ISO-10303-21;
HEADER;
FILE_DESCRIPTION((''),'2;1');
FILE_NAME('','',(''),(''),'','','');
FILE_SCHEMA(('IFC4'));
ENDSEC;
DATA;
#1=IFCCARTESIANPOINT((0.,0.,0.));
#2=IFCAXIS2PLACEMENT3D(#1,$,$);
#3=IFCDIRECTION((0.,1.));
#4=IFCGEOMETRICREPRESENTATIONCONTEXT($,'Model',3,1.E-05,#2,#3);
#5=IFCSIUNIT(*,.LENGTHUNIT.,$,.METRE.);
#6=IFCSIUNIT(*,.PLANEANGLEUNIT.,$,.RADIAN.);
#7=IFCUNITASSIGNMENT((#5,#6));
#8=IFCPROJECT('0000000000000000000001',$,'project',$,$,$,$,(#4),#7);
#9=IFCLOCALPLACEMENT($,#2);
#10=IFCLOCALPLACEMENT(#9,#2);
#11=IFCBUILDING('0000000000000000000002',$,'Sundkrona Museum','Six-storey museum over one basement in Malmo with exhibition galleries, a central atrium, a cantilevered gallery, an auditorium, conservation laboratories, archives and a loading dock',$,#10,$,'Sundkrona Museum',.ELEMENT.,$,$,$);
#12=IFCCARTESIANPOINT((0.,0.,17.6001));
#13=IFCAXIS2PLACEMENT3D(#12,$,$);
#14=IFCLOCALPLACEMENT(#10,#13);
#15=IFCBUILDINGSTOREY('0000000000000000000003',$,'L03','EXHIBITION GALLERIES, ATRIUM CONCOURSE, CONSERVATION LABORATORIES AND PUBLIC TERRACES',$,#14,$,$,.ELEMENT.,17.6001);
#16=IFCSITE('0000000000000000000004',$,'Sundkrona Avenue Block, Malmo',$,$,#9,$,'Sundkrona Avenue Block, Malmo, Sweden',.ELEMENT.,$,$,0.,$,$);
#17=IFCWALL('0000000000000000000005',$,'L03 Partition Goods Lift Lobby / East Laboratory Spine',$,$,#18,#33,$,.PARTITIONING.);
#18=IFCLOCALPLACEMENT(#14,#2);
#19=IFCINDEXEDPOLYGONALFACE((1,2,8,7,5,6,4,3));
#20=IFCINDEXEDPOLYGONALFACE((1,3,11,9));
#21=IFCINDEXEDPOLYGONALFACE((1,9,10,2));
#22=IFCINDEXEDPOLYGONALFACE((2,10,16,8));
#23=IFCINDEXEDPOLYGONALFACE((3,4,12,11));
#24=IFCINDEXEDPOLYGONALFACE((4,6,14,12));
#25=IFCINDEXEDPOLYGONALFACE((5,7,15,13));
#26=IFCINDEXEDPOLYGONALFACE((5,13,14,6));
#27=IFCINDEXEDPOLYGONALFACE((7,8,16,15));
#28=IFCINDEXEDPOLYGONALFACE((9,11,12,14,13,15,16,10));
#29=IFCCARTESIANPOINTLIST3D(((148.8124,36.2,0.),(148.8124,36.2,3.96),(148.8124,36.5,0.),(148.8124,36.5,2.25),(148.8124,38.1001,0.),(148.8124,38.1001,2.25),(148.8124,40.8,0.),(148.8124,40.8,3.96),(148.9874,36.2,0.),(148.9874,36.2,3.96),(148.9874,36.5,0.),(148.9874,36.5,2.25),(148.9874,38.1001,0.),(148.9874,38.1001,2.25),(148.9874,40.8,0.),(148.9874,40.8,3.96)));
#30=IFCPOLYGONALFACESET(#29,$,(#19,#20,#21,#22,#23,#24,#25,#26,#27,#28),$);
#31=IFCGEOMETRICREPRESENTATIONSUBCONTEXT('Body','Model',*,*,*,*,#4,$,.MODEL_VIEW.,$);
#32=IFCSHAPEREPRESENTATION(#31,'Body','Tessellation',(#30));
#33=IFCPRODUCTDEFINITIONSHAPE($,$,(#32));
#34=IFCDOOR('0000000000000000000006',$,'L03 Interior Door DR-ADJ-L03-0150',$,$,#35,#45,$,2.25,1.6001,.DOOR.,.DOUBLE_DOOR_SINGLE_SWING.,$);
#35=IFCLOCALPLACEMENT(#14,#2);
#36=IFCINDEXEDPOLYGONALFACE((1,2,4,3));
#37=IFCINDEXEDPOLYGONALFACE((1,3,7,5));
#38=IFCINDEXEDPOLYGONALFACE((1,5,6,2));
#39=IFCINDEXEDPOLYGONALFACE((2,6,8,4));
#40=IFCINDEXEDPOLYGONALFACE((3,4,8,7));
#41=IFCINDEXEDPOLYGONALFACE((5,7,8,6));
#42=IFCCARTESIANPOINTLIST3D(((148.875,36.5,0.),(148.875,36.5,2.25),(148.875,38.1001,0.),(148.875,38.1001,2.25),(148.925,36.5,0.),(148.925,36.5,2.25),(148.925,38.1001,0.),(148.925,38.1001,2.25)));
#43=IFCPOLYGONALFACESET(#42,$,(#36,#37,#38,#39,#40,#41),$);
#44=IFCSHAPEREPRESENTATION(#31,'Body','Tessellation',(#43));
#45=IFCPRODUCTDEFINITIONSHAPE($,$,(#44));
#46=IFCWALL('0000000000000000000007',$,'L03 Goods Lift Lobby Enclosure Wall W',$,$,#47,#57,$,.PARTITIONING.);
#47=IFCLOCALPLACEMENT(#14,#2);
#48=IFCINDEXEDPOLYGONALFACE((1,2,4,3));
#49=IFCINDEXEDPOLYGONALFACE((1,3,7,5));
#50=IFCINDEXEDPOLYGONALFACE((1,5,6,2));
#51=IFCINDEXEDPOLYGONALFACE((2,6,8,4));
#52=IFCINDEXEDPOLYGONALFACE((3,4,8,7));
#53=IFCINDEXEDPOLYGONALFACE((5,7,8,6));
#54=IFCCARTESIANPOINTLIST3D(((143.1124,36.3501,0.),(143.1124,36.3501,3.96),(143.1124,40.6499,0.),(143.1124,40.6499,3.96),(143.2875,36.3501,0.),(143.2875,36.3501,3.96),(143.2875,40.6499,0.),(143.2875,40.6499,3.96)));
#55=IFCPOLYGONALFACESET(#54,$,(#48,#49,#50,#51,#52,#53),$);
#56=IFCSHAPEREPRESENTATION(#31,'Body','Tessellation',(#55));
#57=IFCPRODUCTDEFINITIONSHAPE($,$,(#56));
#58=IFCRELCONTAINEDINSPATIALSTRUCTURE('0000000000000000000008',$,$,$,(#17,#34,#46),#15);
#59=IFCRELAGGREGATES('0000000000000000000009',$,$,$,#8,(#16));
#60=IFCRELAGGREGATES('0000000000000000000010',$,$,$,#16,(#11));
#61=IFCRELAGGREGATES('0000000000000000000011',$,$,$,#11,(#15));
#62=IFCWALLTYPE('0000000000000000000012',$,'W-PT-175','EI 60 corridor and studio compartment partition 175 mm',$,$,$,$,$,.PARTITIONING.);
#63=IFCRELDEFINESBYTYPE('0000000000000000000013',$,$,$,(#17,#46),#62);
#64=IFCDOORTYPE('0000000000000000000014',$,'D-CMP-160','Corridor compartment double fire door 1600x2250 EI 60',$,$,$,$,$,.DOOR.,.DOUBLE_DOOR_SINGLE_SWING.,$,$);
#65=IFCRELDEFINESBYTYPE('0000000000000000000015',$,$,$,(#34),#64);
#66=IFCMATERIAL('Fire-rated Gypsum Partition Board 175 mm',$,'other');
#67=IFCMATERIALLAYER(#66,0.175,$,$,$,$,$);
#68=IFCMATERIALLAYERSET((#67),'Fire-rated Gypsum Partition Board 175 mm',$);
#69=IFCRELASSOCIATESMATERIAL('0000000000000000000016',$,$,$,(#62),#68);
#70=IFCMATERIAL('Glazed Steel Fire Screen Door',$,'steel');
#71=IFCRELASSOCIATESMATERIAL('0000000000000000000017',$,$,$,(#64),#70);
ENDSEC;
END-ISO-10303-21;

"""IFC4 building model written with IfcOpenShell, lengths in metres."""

from ifc_helpers import new_model, si_unit, direction, frame, frame_2d, origin, place, context, subcontext, project, spatial, rectangle, extrude, material, layer, layer_set, type_object, element, fill, save


model = new_model("IFC4")

# Units and contexts
model_context = context("Model", 3, precision=1e-05, world=origin(), true_north=direction((0.0, 1.0)))
body_context = subcontext(model_context, "Body", "Model", "MODEL_VIEW")
ifc_project = project(units=[si_unit("LENGTHUNIT", "METRE"), si_unit("PLANEANGLEUNIT", "RADIAN")], contexts=[model_context])

# Site, building, storey
site_placement = place(None, origin())
site = spatial("IfcSite", under=ifc_project, at=site_placement, Name="Sundkrona Avenue Block, Malmo", LongName="Sundkrona Avenue Block, Malmo, Sweden", CompositionType="ELEMENT", RefElevation=0.0)
building_placement = place(site_placement, origin())
building = spatial("IfcBuilding", under=site, at=building_placement, Name="Sundkrona Museum", Description="Six-storey museum over one basement in Malmo with exhibition galleries, a central atrium, a cantilevered gallery, an auditorium, conservation laboratories, archives and a loading dock", LongName="Sundkrona Museum", CompositionType="ELEMENT")
storey_placement = place(building_placement, frame((0.0, 0.0, 17.6001)))
storey = spatial("IfcBuildingStorey", under=building, at=storey_placement, Name="L03", Description="EXHIBITION GALLERIES, ATRIUM CONCOURSE, CONSERVATION LABORATORIES AND PUBLIC TERRACES", CompositionType="ELEMENT", Elevation=17.6001)

# Wall, opening, door
ifc_material_1 = material(Name="Fire-rated Gypsum Partition Board 175 mm", Category="other")
ifc_layer_1 = layer(ifc_material_1, 0.175)
ifc_layer_set_1 = layer_set([ifc_layer_1], Name="Fire-rated Gypsum Partition Board 175 mm")
wall_type_1 = type_object("IfcWallType", Name="W-PT-175", Description="EI 60 corridor and studio compartment partition 175 mm", PredefinedType="PARTITIONING", material=ifc_layer_set_1)
wall_1_placement = place(storey_placement, frame((148.8999, 36.2, 0.0), z_axis=(0.0, 0.0, 1.0), x_axis=(0.0, 1.0, 0.0)))
wall_1 = element("IfcWall", 1, at=wall_1_placement, inside=storey, type_object=wall_type_1, Name="L03 Partition Goods Lift Lobby / East Laboratory Spine", PredefinedType="PARTITIONING", context=body_context, shape_type="SweptSolid", body=[
    extrude(rectangle(XDim=4.6001, YDim=0.175, at=frame_2d((2.3, 0.0))), origin(), (0.0, 0.0, 1.0), 3.96),
])
opening_1_placement = place(wall_1_placement, frame((0.3, 0.0, 0.0)))
opening_1 = element("IfcOpeningElement", 2, at=opening_1_placement, cuts=wall_1, PredefinedType="OPENING", context=body_context, shape_type="SweptSolid", body=[
    extrude(rectangle(XDim=1.6001, YDim=2.25, at=frame_2d((0.8, 1.125))), frame((0.0, 0.0974, 0.0), z_axis=(0.0, -1.0, 0.0), x_axis=(1.0, 0.0, 0.0)), (0.0, 0.0, 1.0), 0.1951),
])
ifc_material_2 = material(Name="Glazed Steel Fire Screen Door", Category="steel")
door_type_1 = type_object("IfcDoorType", Name="D-CMP-160", Description="Corridor compartment double fire door 1600x2250 EI 60", OperationType="DOUBLE_DOOR_SINGLE_SWING", PredefinedType="DOOR", material=ifc_material_2)
door_1_placement = place(opening_1_placement, origin())
door_1 = element("IfcDoor", 3, at=door_1_placement, inside=storey, type_object=door_type_1, Name="L03 Interior Door DR-ADJ-L03-0150", OperationType="DOUBLE_DOOR_SINGLE_SWING", OverallHeight=2.25, OverallWidth=1.6001, PredefinedType="DOOR", context=body_context, shape_type="SweptSolid", body=[
    extrude(rectangle(XDim=1.6001, YDim=2.25, at=frame_2d((0.8, 1.125))), frame((0.0, 0.0249, 0.0), z_axis=(0.0, -1.0, 0.0), x_axis=(1.0, 0.0, 0.0)), (0.0, 0.0, 1.0), 0.05),
])
fill(opening_1, door_1)

# Wall
wall_2_placement = place(storey_placement, frame((143.2, 36.3501, 0.0), z_axis=(0.0, 0.0, 1.0), x_axis=(0.0, 1.0, 0.0)))
element("IfcWall", 4, at=wall_2_placement, inside=storey, type_object=wall_type_1, Name="L03 Goods Lift Lobby Enclosure Wall W", PredefinedType="PARTITIONING", context=body_context, shape_type="SweptSolid", body=[
    extrude(rectangle(XDim=4.2998, YDim=0.175, at=frame_2d((2.1499, 0.0))), origin(), (0.0, 0.0, 1.0), 3.96),
])

save(model, "model.ifc")
